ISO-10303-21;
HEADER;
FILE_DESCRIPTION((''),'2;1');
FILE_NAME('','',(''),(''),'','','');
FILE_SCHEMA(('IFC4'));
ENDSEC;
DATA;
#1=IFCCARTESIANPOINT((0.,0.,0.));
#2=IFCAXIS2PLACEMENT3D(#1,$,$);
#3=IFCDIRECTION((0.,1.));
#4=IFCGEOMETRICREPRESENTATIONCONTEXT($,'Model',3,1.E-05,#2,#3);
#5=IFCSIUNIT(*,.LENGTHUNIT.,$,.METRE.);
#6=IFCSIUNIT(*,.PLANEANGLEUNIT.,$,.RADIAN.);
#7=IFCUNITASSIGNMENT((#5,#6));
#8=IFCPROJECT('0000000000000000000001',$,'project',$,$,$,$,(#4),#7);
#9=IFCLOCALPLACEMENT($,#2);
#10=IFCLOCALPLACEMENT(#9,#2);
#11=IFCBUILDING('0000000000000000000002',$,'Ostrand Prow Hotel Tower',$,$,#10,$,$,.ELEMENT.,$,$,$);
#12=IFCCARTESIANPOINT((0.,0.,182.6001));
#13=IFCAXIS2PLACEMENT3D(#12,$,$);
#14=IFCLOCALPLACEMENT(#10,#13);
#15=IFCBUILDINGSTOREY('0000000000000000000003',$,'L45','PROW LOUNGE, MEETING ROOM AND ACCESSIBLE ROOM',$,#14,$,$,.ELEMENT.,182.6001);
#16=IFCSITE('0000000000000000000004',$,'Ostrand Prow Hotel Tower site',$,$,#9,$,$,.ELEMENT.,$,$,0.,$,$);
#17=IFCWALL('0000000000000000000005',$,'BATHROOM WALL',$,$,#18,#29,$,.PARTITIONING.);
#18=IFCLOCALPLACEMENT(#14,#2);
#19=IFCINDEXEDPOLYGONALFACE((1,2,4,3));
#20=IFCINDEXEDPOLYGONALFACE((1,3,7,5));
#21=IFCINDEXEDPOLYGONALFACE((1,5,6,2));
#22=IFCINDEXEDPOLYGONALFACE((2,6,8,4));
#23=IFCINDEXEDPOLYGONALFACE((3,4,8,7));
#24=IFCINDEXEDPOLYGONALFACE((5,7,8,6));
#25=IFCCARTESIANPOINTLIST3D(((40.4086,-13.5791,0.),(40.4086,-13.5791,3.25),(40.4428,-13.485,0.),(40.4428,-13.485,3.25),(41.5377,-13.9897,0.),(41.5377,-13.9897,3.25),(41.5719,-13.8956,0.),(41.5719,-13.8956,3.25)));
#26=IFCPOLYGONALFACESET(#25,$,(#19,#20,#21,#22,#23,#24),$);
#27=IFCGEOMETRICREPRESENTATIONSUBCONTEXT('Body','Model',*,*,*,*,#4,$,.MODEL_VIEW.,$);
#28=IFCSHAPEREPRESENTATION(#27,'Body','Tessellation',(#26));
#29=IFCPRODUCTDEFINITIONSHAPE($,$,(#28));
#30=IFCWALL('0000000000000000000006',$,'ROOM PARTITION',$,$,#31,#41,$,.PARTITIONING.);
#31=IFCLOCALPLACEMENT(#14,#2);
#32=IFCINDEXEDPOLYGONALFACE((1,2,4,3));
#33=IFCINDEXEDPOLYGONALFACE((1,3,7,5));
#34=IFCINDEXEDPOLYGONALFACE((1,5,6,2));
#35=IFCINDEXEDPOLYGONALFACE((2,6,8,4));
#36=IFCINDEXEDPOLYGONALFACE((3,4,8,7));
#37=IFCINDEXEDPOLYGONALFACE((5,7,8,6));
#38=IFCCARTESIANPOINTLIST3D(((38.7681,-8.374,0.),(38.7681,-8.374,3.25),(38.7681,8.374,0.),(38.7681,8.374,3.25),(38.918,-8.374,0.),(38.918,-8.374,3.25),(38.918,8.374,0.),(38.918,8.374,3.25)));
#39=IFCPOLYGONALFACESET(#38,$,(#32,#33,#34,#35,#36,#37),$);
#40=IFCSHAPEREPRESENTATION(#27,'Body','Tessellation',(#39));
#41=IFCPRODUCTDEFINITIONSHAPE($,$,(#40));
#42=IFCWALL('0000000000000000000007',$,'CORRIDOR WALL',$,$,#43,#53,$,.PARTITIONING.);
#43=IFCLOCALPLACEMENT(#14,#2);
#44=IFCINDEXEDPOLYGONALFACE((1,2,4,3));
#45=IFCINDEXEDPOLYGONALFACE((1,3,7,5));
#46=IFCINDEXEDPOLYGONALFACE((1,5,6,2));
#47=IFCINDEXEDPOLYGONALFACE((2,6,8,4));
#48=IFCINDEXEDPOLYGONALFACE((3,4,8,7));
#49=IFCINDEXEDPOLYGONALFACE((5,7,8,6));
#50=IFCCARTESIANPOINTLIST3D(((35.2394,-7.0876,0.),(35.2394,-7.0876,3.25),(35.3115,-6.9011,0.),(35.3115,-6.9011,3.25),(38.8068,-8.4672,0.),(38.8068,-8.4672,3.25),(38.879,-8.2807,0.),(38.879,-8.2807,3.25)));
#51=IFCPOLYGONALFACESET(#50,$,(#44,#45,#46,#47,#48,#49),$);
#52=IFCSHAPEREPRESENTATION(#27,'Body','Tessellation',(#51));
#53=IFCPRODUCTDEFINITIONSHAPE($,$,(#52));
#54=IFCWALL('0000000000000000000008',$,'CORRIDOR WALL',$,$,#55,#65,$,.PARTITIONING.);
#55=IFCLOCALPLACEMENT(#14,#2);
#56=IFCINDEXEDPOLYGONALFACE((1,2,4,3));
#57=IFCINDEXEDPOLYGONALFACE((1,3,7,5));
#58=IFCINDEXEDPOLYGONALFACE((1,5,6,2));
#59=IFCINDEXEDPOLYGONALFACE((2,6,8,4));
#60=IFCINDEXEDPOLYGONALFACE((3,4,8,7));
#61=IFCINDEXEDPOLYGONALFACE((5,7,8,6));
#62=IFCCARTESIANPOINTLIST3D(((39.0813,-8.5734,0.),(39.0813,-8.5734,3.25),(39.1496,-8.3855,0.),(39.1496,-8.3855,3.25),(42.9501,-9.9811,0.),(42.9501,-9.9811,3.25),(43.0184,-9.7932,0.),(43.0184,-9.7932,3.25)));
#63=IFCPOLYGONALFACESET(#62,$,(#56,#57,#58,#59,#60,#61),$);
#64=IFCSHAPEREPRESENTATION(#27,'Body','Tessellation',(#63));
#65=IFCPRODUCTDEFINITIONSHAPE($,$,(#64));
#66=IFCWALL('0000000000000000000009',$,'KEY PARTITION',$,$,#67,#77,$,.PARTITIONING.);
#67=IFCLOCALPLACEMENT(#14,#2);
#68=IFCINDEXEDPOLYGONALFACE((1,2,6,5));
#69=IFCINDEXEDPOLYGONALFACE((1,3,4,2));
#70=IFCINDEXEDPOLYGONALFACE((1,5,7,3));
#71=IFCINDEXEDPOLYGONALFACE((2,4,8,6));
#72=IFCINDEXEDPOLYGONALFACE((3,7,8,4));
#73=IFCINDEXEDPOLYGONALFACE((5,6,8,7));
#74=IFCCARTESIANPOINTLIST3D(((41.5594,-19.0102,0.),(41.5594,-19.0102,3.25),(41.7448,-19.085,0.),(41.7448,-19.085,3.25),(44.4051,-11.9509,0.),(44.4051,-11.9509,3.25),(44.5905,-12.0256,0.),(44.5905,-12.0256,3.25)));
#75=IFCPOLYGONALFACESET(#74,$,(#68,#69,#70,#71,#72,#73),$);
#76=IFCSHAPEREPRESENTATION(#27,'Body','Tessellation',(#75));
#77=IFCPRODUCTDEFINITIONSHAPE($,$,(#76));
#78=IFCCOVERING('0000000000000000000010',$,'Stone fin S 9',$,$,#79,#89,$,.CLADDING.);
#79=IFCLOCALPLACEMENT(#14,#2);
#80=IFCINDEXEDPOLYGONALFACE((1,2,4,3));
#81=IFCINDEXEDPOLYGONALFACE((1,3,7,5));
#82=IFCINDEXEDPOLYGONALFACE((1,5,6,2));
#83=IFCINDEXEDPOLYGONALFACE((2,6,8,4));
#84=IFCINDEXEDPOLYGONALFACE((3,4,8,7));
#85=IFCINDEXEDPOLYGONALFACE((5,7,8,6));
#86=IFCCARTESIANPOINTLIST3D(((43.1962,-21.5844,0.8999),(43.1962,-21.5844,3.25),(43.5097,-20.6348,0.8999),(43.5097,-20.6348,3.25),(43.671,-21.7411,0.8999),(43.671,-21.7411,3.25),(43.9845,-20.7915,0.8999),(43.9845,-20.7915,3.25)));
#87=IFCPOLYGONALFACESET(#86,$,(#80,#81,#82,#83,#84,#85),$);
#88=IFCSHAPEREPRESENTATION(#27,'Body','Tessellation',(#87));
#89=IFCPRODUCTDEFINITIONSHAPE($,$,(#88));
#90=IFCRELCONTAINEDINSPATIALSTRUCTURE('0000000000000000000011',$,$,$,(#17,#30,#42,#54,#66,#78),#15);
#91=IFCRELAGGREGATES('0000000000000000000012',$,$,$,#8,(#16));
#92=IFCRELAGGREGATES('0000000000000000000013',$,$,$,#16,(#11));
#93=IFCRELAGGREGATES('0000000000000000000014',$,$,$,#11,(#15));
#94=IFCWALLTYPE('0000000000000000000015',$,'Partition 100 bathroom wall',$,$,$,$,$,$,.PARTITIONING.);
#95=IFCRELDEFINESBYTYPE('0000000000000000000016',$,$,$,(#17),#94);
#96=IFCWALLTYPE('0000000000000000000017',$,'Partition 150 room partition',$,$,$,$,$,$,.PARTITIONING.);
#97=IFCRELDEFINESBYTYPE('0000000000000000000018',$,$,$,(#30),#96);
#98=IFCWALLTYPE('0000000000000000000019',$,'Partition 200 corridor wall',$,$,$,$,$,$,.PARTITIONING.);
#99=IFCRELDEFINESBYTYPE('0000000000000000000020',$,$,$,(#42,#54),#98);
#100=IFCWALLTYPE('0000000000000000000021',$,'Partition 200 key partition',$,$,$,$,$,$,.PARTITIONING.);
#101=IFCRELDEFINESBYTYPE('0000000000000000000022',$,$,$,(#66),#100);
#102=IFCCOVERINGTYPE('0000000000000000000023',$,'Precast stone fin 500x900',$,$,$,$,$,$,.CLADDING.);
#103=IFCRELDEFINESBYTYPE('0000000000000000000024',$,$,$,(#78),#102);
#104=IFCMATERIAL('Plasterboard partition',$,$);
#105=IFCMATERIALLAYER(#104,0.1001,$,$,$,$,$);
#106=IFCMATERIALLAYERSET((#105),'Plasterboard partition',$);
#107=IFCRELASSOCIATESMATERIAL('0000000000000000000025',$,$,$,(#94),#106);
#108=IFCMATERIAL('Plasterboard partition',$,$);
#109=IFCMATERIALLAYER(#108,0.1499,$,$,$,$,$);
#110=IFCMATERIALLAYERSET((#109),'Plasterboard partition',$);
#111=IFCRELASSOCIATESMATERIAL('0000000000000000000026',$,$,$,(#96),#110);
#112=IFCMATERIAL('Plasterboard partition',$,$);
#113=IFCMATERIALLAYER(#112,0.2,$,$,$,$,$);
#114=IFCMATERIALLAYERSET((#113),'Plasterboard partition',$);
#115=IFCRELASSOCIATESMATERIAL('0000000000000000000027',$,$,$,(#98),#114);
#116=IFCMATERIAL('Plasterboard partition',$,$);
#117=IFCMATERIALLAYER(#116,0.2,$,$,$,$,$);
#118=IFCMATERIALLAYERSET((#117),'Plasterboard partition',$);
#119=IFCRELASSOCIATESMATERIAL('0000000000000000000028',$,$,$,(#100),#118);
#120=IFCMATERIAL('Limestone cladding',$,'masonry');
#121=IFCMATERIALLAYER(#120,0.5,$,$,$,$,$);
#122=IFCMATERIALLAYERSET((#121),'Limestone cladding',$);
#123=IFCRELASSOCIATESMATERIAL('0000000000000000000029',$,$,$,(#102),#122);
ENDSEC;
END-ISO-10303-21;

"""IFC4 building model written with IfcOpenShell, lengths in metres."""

from ifc_helpers import new_model, si_unit, direction, frame, frame_2d, origin, place, context, subcontext, project, spatial, rectangle, extrude, material, layer, layer_set, type_object, element, save


model = new_model("IFC4")

# Units and contexts
model_context = context("Model", 3, precision=1e-05, world=origin(), true_north=direction((0.0, 1.0)))
body_context = subcontext(model_context, "Body", "Model", "MODEL_VIEW")
ifc_project = project(units=[si_unit("LENGTHUNIT", "METRE"), si_unit("PLANEANGLEUNIT", "RADIAN")], contexts=[model_context])

# Site, building, storey
site_placement = place(None, origin())
site = spatial("IfcSite", under=ifc_project, at=site_placement, Name="Ostrand Prow Hotel Tower site", CompositionType="ELEMENT", RefElevation=0.0)
building_placement = place(site_placement, origin())
building = spatial("IfcBuilding", under=site, at=building_placement, Name="Ostrand Prow Hotel Tower", CompositionType="ELEMENT")
storey_placement = place(building_placement, frame((0.0, 0.0, 182.6001)))
storey = spatial("IfcBuildingStorey", under=building, at=storey_placement, Name="L45", Description="PROW LOUNGE, MEETING ROOM AND ACCESSIBLE ROOM", CompositionType="ELEMENT", Elevation=182.6001)

# Shared definitions
ifc_material_1 = material(Name="Plasterboard partition")
ifc_layer_1 = layer(ifc_material_1, 0.1001)
ifc_layer_set_1 = layer_set([ifc_layer_1], Name="Plasterboard partition")
wall_type_1 = type_object("IfcWallType", Name="Partition 100 bathroom wall", PredefinedType="PARTITIONING", material=ifc_layer_set_1)

# Walls
wall_1_placement = place(storey_placement, frame((41.5547, -13.9426, 0.0), z_axis=(0.0, 0.0, 1.0), x_axis=(-0.939782, 0.341776, 0.0)))
element("IfcWall", 1, at=wall_1_placement, inside=storey, type_object=wall_type_1, Name="BATHROOM WALL", PredefinedType="PARTITIONING", context=body_context, shape_type="SweptSolid", body=[
    extrude(rectangle(XDim=1.2014, YDim=0.1001, at=frame_2d((0.6006, 0.0))), origin(), (0.0, 0.0, 1.0), 3.25),
])
ifc_material_2 = material(Name="Plasterboard partition")
ifc_layer_2 = layer(ifc_material_2, 0.1499)
ifc_layer_set_2 = layer_set([ifc_layer_2], Name="Plasterboard partition")
wall_type_2 = type_object("IfcWallType", Name="Partition 150 room partition", PredefinedType="PARTITIONING", material=ifc_layer_set_2)
wall_2_placement = place(storey_placement, frame((38.843, -8.374, 0.0), z_axis=(0.0, 0.0, 1.0), x_axis=(0.0, 1.0, 0.0)))
element("IfcWall", 2, at=wall_2_placement, inside=storey, type_object=wall_type_2, Name="ROOM PARTITION", PredefinedType="PARTITIONING", context=body_context, shape_type="SweptSolid", body=[
    extrude(rectangle(XDim=16.748, YDim=0.1499, at=frame_2d((8.374, 0.0))), origin(), (0.0, 0.0, 1.0), 3.25),
])
ifc_material_3 = material(Name="Plasterboard partition")
ifc_layer_3 = layer(ifc_material_3, 0.2)
ifc_layer_set_3 = layer_set([ifc_layer_3], Name="Plasterboard partition")
wall_type_3 = type_object("IfcWallType", Name="Partition 200 corridor wall", PredefinedType="PARTITIONING", material=ifc_layer_set_3)
wall_3_placement = place(storey_placement, frame((38.843, -8.374, 0.0), z_axis=(0.0, 0.0, 1.0), x_axis=(-0.932681, 0.360702, 0.0)))
element("IfcWall", 3, at=wall_3_placement, inside=storey, type_object=wall_type_3, Name="CORRIDOR WALL", PredefinedType="PARTITIONING", context=body_context, shape_type="SweptSolid", body=[
    extrude(rectangle(XDim=3.825, YDim=0.2, at=frame_2d((1.9126, 0.0))), origin(), (0.0, 0.0, 1.0), 3.25),
])
wall_4_placement = place(storey_placement, frame((42.9844, -9.8872, 0.0), z_axis=(0.0, 0.0, 1.0), x_axis=(-0.939728, 0.341924, 0.0)))
element("IfcWall", 4, at=wall_4_placement, inside=storey, type_object=wall_type_3, Name="CORRIDOR WALL", PredefinedType="PARTITIONING", context=body_context, shape_type="SweptSolid", body=[
    extrude(rectangle(XDim=4.1169, YDim=0.2, at=frame_2d((2.0586, 0.0))), origin(), (0.0, 0.0, 1.0), 3.25),
])
ifc_material_4 = material(Name="Plasterboard partition")
ifc_layer_4 = layer(ifc_material_4, 0.2)
ifc_layer_set_4 = layer_set([ifc_layer_4], Name="Plasterboard partition")
wall_type_4 = type_object("IfcWallType", Name="Partition 200 key partition", PredefinedType="PARTITIONING", material=ifc_layer_set_4)
wall_5_placement = place(storey_placement, frame((41.6521, -19.0476, 0.0), z_axis=(0.0, 0.0, 1.0), x_axis=(0.373878, 0.927478, 0.0)))
element("IfcWall", 5, at=wall_5_placement, inside=storey, type_object=wall_type_4, Name="KEY PARTITION", PredefinedType="PARTITIONING", context=body_context, shape_type="SweptSolid", body=[
    extrude(rectangle(XDim=7.6113, YDim=0.2, at=frame_2d((3.8057, 0.0))), origin(), (0.0, 0.0, 1.0), 3.25),
])

# Covering
ifc_material_5 = material(Name="Limestone cladding", Category="masonry")
ifc_layer_5 = layer(ifc_material_5, 0.5)
ifc_layer_set_5 = layer_set([ifc_layer_5], Name="Limestone cladding")
covering_type = type_object("IfcCoveringType", Name="Precast stone fin 500x900", PredefinedType="CLADDING", material=ifc_layer_set_5)
covering_placement = place(storey_placement, frame((43.7471, -20.7131, 0.8999), z_axis=(0.0, 0.0, 1.0), x_axis=(-0.313443, -0.949607, 0.0)))
element("IfcCovering", 6, at=covering_placement, inside=storey, type_object=covering_type, Name="Stone fin S 9", PredefinedType="CLADDING", context=body_context, shape_type="SweptSolid", body=[
    extrude(rectangle(XDim=1.0, YDim=0.5, at=frame_2d((0.5, 0.0))), origin(), (0.0, 0.0, 1.0), 2.3501),
])

save(model, "model.ifc")
